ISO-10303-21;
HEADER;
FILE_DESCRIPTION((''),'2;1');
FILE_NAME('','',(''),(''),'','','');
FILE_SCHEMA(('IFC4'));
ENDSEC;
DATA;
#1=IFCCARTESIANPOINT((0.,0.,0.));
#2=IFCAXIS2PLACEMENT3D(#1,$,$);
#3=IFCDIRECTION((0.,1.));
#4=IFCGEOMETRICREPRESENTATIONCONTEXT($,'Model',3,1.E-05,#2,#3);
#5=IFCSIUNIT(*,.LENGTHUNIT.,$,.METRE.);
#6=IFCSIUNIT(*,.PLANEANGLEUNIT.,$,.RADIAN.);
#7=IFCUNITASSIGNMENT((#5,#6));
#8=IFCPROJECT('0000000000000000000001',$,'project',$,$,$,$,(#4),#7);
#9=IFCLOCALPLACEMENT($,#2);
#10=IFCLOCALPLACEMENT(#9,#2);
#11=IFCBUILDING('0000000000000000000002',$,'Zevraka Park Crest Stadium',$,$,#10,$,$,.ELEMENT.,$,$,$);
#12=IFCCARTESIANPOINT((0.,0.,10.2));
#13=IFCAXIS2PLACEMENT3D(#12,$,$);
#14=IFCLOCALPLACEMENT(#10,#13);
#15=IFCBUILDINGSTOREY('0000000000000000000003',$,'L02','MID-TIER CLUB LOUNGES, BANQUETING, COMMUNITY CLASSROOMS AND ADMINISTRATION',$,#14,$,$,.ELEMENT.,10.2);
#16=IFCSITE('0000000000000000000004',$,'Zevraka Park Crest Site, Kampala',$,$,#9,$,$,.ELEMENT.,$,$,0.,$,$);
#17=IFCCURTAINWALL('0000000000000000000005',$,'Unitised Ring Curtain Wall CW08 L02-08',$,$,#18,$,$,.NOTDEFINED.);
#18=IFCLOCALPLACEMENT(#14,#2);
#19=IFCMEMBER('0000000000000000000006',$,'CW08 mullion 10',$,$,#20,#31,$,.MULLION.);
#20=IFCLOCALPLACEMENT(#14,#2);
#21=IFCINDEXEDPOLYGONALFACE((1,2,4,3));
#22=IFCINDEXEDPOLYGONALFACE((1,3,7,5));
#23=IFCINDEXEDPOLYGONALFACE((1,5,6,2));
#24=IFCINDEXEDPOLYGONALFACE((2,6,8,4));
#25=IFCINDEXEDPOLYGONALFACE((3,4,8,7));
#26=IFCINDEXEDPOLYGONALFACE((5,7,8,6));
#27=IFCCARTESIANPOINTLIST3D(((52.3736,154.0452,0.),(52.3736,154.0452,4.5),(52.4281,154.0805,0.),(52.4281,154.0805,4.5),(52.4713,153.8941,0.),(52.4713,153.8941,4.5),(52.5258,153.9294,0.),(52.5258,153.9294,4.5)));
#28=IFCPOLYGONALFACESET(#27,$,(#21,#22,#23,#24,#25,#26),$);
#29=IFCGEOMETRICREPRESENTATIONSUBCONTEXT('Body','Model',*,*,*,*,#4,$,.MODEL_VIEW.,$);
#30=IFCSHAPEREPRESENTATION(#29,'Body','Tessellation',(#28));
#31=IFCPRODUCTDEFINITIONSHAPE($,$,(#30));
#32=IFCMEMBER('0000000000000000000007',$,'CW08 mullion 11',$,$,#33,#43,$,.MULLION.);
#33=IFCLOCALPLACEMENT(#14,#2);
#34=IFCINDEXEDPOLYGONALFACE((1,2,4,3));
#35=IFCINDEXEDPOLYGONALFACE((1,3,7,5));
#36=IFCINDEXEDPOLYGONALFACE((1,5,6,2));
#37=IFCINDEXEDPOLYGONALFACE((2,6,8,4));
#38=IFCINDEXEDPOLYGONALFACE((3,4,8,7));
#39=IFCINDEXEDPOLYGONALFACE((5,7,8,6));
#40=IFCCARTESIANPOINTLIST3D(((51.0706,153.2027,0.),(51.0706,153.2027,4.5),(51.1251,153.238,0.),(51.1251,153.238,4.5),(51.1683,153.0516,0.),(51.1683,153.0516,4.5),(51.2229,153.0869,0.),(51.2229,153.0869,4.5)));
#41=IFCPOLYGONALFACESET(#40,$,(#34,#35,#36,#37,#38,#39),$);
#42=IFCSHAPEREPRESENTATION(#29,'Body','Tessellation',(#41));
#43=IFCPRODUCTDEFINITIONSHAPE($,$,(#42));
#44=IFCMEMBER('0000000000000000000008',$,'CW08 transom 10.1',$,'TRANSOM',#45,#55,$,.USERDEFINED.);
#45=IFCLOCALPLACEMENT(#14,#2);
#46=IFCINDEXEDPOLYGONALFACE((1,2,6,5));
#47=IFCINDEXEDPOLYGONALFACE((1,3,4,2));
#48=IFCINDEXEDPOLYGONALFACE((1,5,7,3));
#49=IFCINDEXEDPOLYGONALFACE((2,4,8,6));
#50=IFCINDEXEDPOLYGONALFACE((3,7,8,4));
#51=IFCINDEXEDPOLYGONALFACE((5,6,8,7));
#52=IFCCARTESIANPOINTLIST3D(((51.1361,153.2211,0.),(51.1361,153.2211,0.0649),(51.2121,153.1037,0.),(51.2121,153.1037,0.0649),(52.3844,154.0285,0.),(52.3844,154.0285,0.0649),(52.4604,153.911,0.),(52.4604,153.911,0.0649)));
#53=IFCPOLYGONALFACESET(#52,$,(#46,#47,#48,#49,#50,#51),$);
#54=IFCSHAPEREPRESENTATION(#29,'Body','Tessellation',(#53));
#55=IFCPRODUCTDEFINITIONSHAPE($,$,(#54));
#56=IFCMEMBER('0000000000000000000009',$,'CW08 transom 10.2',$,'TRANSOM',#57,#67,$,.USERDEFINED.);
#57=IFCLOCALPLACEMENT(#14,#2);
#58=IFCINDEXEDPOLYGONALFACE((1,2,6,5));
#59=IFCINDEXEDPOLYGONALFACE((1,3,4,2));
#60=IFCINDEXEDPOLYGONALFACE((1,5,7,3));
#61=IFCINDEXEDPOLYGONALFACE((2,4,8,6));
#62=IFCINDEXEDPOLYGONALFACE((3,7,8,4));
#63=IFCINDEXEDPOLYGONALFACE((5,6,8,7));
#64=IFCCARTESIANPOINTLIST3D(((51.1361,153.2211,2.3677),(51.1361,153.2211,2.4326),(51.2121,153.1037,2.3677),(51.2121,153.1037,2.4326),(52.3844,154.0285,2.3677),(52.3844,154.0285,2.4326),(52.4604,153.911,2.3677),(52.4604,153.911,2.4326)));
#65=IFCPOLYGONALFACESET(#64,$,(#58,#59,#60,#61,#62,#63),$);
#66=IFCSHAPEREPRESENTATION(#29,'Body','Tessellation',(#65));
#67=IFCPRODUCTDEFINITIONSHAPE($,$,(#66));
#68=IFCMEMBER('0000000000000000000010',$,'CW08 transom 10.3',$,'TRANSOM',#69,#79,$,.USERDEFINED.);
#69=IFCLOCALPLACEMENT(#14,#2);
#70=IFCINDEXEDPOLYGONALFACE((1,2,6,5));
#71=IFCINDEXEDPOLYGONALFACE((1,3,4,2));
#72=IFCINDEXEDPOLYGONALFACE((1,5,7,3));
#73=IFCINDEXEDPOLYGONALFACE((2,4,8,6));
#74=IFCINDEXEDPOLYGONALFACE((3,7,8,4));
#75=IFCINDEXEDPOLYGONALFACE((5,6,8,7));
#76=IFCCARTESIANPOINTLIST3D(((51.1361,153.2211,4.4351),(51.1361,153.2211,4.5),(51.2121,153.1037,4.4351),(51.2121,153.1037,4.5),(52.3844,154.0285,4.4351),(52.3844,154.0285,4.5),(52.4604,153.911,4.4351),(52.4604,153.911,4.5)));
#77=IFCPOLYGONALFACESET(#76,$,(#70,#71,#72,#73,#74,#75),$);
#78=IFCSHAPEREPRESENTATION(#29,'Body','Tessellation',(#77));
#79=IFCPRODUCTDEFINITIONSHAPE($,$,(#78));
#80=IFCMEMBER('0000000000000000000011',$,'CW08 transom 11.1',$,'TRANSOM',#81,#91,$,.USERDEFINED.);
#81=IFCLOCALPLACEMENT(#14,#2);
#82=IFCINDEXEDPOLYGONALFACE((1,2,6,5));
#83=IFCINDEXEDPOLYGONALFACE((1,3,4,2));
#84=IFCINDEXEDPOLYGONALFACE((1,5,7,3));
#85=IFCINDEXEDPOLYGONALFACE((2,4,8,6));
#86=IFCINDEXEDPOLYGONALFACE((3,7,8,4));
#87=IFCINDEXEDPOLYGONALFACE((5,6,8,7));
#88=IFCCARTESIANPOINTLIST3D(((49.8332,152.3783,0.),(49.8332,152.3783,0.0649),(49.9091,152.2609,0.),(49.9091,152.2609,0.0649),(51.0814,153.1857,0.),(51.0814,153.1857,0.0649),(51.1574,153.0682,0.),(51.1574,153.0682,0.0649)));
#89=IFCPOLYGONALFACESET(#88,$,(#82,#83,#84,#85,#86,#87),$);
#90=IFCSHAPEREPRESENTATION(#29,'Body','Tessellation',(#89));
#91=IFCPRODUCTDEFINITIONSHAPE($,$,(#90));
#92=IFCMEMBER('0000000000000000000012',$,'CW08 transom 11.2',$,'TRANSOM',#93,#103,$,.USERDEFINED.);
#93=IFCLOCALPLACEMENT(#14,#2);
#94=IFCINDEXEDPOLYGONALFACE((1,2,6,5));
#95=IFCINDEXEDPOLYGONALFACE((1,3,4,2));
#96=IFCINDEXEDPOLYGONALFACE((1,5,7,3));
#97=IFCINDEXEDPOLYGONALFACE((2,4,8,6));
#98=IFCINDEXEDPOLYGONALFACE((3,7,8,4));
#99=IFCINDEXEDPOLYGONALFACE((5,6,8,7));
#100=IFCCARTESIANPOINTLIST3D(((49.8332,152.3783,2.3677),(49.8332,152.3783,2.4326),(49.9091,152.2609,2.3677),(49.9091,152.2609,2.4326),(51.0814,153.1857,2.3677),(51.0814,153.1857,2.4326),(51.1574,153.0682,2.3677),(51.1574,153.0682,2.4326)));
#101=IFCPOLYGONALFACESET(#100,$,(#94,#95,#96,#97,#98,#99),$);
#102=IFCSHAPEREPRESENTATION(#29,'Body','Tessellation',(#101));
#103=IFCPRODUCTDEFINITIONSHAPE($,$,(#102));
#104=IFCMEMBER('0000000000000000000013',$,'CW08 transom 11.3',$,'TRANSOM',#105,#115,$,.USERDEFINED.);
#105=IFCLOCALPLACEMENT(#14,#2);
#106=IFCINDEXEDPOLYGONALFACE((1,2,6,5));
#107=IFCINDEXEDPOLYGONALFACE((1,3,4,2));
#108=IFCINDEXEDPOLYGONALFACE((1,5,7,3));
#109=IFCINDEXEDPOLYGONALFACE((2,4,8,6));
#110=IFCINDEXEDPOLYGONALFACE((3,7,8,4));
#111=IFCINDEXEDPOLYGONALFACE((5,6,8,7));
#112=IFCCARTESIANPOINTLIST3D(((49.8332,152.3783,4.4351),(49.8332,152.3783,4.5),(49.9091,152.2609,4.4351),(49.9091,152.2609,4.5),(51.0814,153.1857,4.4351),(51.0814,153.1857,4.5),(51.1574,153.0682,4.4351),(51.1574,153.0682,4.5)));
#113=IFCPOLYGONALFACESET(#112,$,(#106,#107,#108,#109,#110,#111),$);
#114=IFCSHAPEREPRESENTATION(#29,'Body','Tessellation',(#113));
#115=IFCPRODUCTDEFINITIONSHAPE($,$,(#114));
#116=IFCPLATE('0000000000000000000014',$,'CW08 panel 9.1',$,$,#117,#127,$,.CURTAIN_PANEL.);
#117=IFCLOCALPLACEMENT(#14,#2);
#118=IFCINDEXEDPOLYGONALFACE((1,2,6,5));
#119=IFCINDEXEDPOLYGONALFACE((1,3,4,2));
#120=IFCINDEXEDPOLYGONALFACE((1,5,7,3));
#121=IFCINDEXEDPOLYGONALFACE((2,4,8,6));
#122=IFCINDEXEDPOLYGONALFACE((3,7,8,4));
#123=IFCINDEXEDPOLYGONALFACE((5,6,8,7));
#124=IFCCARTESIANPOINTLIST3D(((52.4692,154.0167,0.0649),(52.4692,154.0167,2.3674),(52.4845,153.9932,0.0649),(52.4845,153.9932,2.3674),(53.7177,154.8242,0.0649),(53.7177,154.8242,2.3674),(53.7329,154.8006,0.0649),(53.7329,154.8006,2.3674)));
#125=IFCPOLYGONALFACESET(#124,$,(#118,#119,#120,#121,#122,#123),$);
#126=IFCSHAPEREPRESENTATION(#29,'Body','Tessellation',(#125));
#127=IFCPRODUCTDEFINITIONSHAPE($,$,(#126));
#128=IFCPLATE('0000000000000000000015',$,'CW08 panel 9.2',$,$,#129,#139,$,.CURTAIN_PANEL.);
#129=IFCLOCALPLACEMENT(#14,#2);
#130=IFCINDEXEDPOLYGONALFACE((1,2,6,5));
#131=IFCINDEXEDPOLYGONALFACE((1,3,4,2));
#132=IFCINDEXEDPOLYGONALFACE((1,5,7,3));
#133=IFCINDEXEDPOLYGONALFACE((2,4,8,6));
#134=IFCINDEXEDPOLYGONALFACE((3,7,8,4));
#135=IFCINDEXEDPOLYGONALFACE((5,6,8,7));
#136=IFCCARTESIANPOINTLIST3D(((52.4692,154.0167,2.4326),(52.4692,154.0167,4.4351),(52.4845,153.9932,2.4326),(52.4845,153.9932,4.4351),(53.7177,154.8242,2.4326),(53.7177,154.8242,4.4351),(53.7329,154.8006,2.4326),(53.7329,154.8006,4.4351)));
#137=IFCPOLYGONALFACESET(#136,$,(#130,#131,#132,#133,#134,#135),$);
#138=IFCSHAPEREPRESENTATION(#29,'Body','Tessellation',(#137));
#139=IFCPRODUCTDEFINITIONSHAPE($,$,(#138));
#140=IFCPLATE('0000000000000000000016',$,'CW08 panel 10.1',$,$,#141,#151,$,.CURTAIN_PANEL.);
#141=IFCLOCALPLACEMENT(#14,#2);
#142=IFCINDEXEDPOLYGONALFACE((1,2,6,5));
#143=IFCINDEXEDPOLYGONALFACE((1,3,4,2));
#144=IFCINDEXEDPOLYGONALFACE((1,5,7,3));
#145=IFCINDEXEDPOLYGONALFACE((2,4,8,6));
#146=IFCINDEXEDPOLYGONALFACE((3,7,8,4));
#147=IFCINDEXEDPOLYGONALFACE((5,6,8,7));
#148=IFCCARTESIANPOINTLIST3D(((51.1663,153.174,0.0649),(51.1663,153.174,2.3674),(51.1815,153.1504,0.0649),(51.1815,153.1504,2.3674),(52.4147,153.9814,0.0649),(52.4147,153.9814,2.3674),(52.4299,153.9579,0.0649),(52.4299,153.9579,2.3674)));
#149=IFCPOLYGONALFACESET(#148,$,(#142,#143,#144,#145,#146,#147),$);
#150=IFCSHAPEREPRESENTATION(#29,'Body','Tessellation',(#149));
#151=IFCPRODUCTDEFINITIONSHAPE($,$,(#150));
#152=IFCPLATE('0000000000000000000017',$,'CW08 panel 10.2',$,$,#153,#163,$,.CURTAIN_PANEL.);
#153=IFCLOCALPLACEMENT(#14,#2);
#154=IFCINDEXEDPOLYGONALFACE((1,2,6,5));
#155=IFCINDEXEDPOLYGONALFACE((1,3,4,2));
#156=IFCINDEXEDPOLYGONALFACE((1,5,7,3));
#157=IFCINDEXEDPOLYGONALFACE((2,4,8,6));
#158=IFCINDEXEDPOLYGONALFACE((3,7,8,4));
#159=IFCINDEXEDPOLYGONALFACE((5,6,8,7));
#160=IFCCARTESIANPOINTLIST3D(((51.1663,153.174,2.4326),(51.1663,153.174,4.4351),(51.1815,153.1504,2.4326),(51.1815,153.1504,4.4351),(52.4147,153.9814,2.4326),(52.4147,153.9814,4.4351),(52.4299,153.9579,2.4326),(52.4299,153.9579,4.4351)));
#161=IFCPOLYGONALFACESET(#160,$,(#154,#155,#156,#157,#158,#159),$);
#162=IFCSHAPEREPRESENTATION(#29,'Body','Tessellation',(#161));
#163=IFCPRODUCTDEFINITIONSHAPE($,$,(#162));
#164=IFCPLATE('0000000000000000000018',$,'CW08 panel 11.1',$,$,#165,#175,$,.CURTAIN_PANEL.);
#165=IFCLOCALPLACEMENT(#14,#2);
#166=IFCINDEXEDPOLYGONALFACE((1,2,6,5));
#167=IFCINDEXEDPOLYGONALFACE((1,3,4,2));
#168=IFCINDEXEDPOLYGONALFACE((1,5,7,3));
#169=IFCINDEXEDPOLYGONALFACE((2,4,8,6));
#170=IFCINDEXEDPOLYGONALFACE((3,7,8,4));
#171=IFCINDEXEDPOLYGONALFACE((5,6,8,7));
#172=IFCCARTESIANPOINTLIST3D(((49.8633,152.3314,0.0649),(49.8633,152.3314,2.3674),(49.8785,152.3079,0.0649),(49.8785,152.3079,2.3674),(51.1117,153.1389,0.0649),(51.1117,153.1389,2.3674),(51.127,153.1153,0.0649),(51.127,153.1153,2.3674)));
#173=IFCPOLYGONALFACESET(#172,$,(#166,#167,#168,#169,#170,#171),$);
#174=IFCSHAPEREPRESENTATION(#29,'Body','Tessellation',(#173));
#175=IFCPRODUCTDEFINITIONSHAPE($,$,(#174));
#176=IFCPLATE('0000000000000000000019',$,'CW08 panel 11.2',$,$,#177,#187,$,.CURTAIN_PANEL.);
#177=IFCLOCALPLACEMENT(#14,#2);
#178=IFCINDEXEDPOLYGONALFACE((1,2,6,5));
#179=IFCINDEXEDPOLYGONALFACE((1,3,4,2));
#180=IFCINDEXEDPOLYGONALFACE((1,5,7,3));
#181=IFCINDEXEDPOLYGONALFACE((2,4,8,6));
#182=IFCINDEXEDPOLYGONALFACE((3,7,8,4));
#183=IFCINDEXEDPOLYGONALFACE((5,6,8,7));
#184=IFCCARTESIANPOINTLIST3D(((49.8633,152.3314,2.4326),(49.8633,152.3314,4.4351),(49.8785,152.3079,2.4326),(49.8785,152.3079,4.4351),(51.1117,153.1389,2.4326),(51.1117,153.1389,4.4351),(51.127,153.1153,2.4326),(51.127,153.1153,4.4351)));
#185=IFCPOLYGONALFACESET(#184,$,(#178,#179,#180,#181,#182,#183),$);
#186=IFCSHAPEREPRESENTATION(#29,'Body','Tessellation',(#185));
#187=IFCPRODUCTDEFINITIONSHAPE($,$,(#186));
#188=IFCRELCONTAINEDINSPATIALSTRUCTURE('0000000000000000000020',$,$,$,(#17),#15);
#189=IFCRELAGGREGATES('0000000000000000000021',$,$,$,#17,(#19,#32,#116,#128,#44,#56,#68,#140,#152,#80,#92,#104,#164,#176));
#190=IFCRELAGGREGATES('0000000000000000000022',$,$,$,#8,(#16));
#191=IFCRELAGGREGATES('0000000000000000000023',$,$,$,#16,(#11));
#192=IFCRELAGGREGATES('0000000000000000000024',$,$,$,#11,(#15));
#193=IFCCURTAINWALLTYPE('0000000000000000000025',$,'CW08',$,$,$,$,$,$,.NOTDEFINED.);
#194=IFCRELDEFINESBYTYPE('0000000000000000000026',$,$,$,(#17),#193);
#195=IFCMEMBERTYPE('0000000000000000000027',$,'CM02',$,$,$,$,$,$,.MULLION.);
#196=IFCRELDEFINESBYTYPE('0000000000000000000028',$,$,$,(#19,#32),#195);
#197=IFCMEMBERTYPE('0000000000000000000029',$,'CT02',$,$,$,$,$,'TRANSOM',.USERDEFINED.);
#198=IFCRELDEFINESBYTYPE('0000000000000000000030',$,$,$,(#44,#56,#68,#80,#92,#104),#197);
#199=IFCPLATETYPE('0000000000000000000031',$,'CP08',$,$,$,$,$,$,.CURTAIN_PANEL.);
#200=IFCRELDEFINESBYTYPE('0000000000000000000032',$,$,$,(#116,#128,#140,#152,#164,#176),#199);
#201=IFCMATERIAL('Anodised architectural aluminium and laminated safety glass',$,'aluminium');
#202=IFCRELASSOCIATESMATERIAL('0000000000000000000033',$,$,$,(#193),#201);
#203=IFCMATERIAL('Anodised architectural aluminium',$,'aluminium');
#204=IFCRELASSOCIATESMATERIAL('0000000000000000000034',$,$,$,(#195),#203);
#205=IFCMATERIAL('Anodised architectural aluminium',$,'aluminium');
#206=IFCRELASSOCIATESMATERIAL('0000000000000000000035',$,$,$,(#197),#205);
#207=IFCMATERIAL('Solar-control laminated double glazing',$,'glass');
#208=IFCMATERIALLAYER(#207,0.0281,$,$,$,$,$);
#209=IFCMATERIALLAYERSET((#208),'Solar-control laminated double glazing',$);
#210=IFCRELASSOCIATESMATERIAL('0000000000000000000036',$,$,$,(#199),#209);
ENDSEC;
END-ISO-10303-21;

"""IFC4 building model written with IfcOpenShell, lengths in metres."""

from ifc_helpers import new_model, si_unit, direction, frame, origin, origin_2d, place, context, subcontext, project, spatial, rectangle, extrude, material, layer, layer_set, material_profile, profile_set, type_object, element, aggregate, save


model = new_model("IFC4")

# Units and contexts
model_context = context("Model", 3, precision=1e-05, world=origin(), true_north=direction((0.0, 1.0)))
body_context = subcontext(model_context, "Body", "Model", "MODEL_VIEW")
ifc_project = project(units=[si_unit("LENGTHUNIT", "METRE"), si_unit("PLANEANGLEUNIT", "RADIAN")], contexts=[model_context])

# Site, building, storey
site_placement = place(None, origin())
site = spatial("IfcSite", under=ifc_project, at=site_placement, Name="Zevraka Park Crest Site, Kampala", CompositionType="ELEMENT", RefElevation=0.0)
building_placement = place(site_placement, origin())
building = spatial("IfcBuilding", under=site, at=building_placement, Name="Zevraka Park Crest Stadium", CompositionType="ELEMENT")
storey_placement = place(building_placement, frame((0.0, 0.0, 10.2)))
storey = spatial("IfcBuildingStorey", under=building, at=storey_placement, Name="L02", Description="MID-TIER CLUB LOUNGES, BANQUETING, COMMUNITY CLASSROOMS AND ADMINISTRATION", CompositionType="ELEMENT", Elevation=10.2)

# Curtain wall, members, plates
ifc_material_1 = material(Name="Anodised architectural aluminium and laminated safety glass", Category="aluminium")
curtain_wall_type = type_object("IfcCurtainWallType", Name="CW08", PredefinedType="NOTDEFINED", material=ifc_material_1)
curtain_wall_placement = place(storey_placement, origin())
curtain_wall = element("IfcCurtainWall", 1, at=curtain_wall_placement, inside=storey, type_object=curtain_wall_type, Name="Unitised Ring Curtain Wall CW08 L02-08", PredefinedType="NOTDEFINED")
ifc_material_2 = material(Name="Anodised architectural aluminium", Category="aluminium")
ifc_material_profile_1 = material_profile(ifc_material_2, rectangle(XDim=0.1799, YDim=0.0649, at=origin_2d()), Name="ALU MULLION 180x65")
ifc_profile_set_1 = profile_set([ifc_material_profile_1], Name="Anodised architectural aluminium")
member_type_1 = type_object("IfcMemberType", Name="CM02", PredefinedType="MULLION", material=ifc_profile_set_1)
member_1_placement = place(storey_placement, frame((52.4497, 153.9873, 0.0), z_axis=(0.0, 0.0, 1.0), x_axis=(0.543096, -0.83967, 0.0)))
member_1 = element("IfcMember", 2, at=member_1_placement, type_object=member_type_1, Name="CW08 mullion 10", PredefinedType="MULLION", context=body_context, shape_type="SweptSolid", body=[
    extrude(rectangle(XDim=0.1799, YDim=0.0649, at=origin_2d()), origin(), (0.0, 0.0, 1.0), 4.5),
])
member_2_placement = place(storey_placement, frame((51.1467, 153.1448, 0.0), z_axis=(0.0, 0.0, 1.0), x_axis=(0.543096, -0.83967, 0.0)))
member_2 = element("IfcMember", 3, at=member_2_placement, type_object=member_type_1, Name="CW08 mullion 11", PredefinedType="MULLION", context=body_context, shape_type="SweptSolid", body=[
    extrude(rectangle(XDim=0.1799, YDim=0.0649, at=origin_2d()), origin(), (0.0, 0.0, 1.0), 4.5),
])
ifc_material_3 = material(Name="Anodised architectural aluminium", Category="aluminium")
ifc_material_profile_2 = material_profile(ifc_material_3, rectangle(XDim=0.1399, YDim=0.0649, at=origin_2d()), Name="ALU TRANSOM 140x65")
ifc_profile_set_2 = profile_set([ifc_material_profile_2], Name="Anodised architectural aluminium")
member_type_2 = type_object("IfcMemberType", Name="CT02", ElementType="TRANSOM", PredefinedType="USERDEFINED", material=ifc_profile_set_2)
member_3_placement = place(storey_placement, frame((52.4224, 153.9697, 0.0325), z_axis=(-0.839676, -0.543088, 0.0), x_axis=(0.543088, -0.839676, 0.0)))
member_3 = element("IfcMember", 4, at=member_3_placement, type_object=member_type_2, Name="CW08 transom 10.1", ObjectType="TRANSOM", PredefinedType="USERDEFINED", context=body_context, shape_type="SweptSolid", body=[
    extrude(rectangle(XDim=0.1399, YDim=0.0649, at=origin_2d()), origin(), (0.0, 0.0, 1.0), 1.4866),
])
member_4_placement = place(storey_placement, frame((52.4224, 153.9697, 2.4001), z_axis=(-0.839676, -0.543088, 0.0), x_axis=(0.543088, -0.839676, 0.0)))
member_4 = element("IfcMember", 5, at=member_4_placement, type_object=member_type_2, Name="CW08 transom 10.2", ObjectType="TRANSOM", PredefinedType="USERDEFINED", context=body_context, shape_type="SweptSolid", body=[
    extrude(rectangle(XDim=0.1399, YDim=0.0649, at=origin_2d()), origin(), (0.0, 0.0, 1.0), 1.4866),
])
member_5_placement = place(storey_placement, frame((52.4224, 153.9697, 4.4675), z_axis=(-0.839676, -0.543088, 0.0), x_axis=(0.543088, -0.839676, 0.0)))
member_5 = element("IfcMember", 6, at=member_5_placement, type_object=member_type_2, Name="CW08 transom 10.3", ObjectType="TRANSOM", PredefinedType="USERDEFINED", context=body_context, shape_type="SweptSolid", body=[
    extrude(rectangle(XDim=0.1399, YDim=0.0649, at=origin_2d()), origin(), (0.0, 0.0, 1.0), 1.4866),
])
member_6_placement = place(storey_placement, frame((51.1194, 153.127, 0.0325), z_axis=(-0.839676, -0.543088, 0.0), x_axis=(0.543088, -0.839676, 0.0)))
member_6 = element("IfcMember", 7, at=member_6_placement, type_object=member_type_2, Name="CW08 transom 11.1", ObjectType="TRANSOM", PredefinedType="USERDEFINED", context=body_context, shape_type="SweptSolid", body=[
    extrude(rectangle(XDim=0.1399, YDim=0.0649, at=origin_2d()), origin(), (0.0, 0.0, 1.0), 1.4866),
])
member_7_placement = place(storey_placement, frame((51.1194, 153.127, 2.4001), z_axis=(-0.839676, -0.543088, 0.0), x_axis=(0.543088, -0.839676, 0.0)))
member_7 = element("IfcMember", 8, at=member_7_placement, type_object=member_type_2, Name="CW08 transom 11.2", ObjectType="TRANSOM", PredefinedType="USERDEFINED", context=body_context, shape_type="SweptSolid", body=[
    extrude(rectangle(XDim=0.1399, YDim=0.0649, at=origin_2d()), origin(), (0.0, 0.0, 1.0), 1.4866),
])
member_8_placement = place(storey_placement, frame((51.1194, 153.127, 4.4675), z_axis=(-0.839676, -0.543088, 0.0), x_axis=(0.543088, -0.839676, 0.0)))
member_8 = element("IfcMember", 9, at=member_8_placement, type_object=member_type_2, Name="CW08 transom 11.3", ObjectType="TRANSOM", PredefinedType="USERDEFINED", context=body_context, shape_type="SweptSolid", body=[
    extrude(rectangle(XDim=0.1399, YDim=0.0649, at=origin_2d()), origin(), (0.0, 0.0, 1.0), 1.4866),
])
ifc_material_4 = material(Name="Solar-control laminated double glazing", Category="glass")
ifc_layer_1 = layer(ifc_material_4, 0.0281)
ifc_layer_set_1 = layer_set([ifc_layer_1], Name="Solar-control laminated double glazing")
plate_type = type_object("IfcPlateType", Name="CP08", PredefinedType="CURTAIN_PANEL", material=ifc_layer_set_1)
plate_1_placement = place(storey_placement, frame((53.1011, 154.4087, 0.0649), z_axis=(0.0, 0.0, 1.0), x_axis=(-0.83967, -0.543096, 0.0)))
plate_1 = element("IfcPlate", 10, at=plate_1_placement, type_object=plate_type, Name="CW08 panel 9.1", PredefinedType="CURTAIN_PANEL", context=body_context, shape_type="SweptSolid", body=[
    extrude(rectangle(XDim=1.4868, YDim=0.0281, at=origin_2d()), origin(), (0.0, 0.0, 1.0), 2.3025),
])
plate_2_placement = place(storey_placement, frame((53.1011, 154.4087, 2.4326), z_axis=(0.0, 0.0, 1.0), x_axis=(-0.83967, -0.543096, 0.0)))
plate_2 = element("IfcPlate", 11, at=plate_2_placement, type_object=plate_type, Name="CW08 panel 9.2", PredefinedType="CURTAIN_PANEL", context=body_context, shape_type="SweptSolid", body=[
    extrude(rectangle(XDim=1.4868, YDim=0.0281, at=origin_2d()), origin(), (0.0, 0.0, 1.0), 2.0024),
])
plate_3_placement = place(storey_placement, frame((51.7981, 153.5659, 0.0649), z_axis=(0.0, 0.0, 1.0), x_axis=(-0.83967, -0.543096, 0.0)))
plate_3 = element("IfcPlate", 12, at=plate_3_placement, type_object=plate_type, Name="CW08 panel 10.1", PredefinedType="CURTAIN_PANEL", context=body_context, shape_type="SweptSolid", body=[
    extrude(rectangle(XDim=1.4868, YDim=0.0281, at=origin_2d()), origin(), (0.0, 0.0, 1.0), 2.3025),
])
plate_4_placement = place(storey_placement, frame((51.7981, 153.5659, 2.4326), z_axis=(0.0, 0.0, 1.0), x_axis=(-0.83967, -0.543096, 0.0)))
plate_4 = element("IfcPlate", 13, at=plate_4_placement, type_object=plate_type, Name="CW08 panel 10.2", PredefinedType="CURTAIN_PANEL", context=body_context, shape_type="SweptSolid", body=[
    extrude(rectangle(XDim=1.4868, YDim=0.0281, at=origin_2d()), origin(), (0.0, 0.0, 1.0), 2.0024),
])
plate_5_placement = place(storey_placement, frame((50.4951, 152.7234, 0.0649), z_axis=(0.0, 0.0, 1.0), x_axis=(-0.83967, -0.543096, 0.0)))
plate_5 = element("IfcPlate", 14, at=plate_5_placement, type_object=plate_type, Name="CW08 panel 11.1", PredefinedType="CURTAIN_PANEL", context=body_context, shape_type="SweptSolid", body=[
    extrude(rectangle(XDim=1.4868, YDim=0.0281, at=origin_2d()), origin(), (0.0, 0.0, 1.0), 2.3025),
])
plate_6_placement = place(storey_placement, frame((50.4951, 152.7234, 2.4326), z_axis=(0.0, 0.0, 1.0), x_axis=(-0.83967, -0.543096, 0.0)))
plate_6 = element("IfcPlate", 15, at=plate_6_placement, type_object=plate_type, Name="CW08 panel 11.2", PredefinedType="CURTAIN_PANEL", context=body_context, shape_type="SweptSolid", body=[
    extrude(rectangle(XDim=1.4868, YDim=0.0281, at=origin_2d()), origin(), (0.0, 0.0, 1.0), 2.0024),
])
aggregate(curtain_wall, [member_1, member_2, plate_1, plate_2, member_3, member_4, member_5, plate_3, plate_4, member_6, member_7, member_8, plate_5, plate_6])

save(model, "model.ifc")
